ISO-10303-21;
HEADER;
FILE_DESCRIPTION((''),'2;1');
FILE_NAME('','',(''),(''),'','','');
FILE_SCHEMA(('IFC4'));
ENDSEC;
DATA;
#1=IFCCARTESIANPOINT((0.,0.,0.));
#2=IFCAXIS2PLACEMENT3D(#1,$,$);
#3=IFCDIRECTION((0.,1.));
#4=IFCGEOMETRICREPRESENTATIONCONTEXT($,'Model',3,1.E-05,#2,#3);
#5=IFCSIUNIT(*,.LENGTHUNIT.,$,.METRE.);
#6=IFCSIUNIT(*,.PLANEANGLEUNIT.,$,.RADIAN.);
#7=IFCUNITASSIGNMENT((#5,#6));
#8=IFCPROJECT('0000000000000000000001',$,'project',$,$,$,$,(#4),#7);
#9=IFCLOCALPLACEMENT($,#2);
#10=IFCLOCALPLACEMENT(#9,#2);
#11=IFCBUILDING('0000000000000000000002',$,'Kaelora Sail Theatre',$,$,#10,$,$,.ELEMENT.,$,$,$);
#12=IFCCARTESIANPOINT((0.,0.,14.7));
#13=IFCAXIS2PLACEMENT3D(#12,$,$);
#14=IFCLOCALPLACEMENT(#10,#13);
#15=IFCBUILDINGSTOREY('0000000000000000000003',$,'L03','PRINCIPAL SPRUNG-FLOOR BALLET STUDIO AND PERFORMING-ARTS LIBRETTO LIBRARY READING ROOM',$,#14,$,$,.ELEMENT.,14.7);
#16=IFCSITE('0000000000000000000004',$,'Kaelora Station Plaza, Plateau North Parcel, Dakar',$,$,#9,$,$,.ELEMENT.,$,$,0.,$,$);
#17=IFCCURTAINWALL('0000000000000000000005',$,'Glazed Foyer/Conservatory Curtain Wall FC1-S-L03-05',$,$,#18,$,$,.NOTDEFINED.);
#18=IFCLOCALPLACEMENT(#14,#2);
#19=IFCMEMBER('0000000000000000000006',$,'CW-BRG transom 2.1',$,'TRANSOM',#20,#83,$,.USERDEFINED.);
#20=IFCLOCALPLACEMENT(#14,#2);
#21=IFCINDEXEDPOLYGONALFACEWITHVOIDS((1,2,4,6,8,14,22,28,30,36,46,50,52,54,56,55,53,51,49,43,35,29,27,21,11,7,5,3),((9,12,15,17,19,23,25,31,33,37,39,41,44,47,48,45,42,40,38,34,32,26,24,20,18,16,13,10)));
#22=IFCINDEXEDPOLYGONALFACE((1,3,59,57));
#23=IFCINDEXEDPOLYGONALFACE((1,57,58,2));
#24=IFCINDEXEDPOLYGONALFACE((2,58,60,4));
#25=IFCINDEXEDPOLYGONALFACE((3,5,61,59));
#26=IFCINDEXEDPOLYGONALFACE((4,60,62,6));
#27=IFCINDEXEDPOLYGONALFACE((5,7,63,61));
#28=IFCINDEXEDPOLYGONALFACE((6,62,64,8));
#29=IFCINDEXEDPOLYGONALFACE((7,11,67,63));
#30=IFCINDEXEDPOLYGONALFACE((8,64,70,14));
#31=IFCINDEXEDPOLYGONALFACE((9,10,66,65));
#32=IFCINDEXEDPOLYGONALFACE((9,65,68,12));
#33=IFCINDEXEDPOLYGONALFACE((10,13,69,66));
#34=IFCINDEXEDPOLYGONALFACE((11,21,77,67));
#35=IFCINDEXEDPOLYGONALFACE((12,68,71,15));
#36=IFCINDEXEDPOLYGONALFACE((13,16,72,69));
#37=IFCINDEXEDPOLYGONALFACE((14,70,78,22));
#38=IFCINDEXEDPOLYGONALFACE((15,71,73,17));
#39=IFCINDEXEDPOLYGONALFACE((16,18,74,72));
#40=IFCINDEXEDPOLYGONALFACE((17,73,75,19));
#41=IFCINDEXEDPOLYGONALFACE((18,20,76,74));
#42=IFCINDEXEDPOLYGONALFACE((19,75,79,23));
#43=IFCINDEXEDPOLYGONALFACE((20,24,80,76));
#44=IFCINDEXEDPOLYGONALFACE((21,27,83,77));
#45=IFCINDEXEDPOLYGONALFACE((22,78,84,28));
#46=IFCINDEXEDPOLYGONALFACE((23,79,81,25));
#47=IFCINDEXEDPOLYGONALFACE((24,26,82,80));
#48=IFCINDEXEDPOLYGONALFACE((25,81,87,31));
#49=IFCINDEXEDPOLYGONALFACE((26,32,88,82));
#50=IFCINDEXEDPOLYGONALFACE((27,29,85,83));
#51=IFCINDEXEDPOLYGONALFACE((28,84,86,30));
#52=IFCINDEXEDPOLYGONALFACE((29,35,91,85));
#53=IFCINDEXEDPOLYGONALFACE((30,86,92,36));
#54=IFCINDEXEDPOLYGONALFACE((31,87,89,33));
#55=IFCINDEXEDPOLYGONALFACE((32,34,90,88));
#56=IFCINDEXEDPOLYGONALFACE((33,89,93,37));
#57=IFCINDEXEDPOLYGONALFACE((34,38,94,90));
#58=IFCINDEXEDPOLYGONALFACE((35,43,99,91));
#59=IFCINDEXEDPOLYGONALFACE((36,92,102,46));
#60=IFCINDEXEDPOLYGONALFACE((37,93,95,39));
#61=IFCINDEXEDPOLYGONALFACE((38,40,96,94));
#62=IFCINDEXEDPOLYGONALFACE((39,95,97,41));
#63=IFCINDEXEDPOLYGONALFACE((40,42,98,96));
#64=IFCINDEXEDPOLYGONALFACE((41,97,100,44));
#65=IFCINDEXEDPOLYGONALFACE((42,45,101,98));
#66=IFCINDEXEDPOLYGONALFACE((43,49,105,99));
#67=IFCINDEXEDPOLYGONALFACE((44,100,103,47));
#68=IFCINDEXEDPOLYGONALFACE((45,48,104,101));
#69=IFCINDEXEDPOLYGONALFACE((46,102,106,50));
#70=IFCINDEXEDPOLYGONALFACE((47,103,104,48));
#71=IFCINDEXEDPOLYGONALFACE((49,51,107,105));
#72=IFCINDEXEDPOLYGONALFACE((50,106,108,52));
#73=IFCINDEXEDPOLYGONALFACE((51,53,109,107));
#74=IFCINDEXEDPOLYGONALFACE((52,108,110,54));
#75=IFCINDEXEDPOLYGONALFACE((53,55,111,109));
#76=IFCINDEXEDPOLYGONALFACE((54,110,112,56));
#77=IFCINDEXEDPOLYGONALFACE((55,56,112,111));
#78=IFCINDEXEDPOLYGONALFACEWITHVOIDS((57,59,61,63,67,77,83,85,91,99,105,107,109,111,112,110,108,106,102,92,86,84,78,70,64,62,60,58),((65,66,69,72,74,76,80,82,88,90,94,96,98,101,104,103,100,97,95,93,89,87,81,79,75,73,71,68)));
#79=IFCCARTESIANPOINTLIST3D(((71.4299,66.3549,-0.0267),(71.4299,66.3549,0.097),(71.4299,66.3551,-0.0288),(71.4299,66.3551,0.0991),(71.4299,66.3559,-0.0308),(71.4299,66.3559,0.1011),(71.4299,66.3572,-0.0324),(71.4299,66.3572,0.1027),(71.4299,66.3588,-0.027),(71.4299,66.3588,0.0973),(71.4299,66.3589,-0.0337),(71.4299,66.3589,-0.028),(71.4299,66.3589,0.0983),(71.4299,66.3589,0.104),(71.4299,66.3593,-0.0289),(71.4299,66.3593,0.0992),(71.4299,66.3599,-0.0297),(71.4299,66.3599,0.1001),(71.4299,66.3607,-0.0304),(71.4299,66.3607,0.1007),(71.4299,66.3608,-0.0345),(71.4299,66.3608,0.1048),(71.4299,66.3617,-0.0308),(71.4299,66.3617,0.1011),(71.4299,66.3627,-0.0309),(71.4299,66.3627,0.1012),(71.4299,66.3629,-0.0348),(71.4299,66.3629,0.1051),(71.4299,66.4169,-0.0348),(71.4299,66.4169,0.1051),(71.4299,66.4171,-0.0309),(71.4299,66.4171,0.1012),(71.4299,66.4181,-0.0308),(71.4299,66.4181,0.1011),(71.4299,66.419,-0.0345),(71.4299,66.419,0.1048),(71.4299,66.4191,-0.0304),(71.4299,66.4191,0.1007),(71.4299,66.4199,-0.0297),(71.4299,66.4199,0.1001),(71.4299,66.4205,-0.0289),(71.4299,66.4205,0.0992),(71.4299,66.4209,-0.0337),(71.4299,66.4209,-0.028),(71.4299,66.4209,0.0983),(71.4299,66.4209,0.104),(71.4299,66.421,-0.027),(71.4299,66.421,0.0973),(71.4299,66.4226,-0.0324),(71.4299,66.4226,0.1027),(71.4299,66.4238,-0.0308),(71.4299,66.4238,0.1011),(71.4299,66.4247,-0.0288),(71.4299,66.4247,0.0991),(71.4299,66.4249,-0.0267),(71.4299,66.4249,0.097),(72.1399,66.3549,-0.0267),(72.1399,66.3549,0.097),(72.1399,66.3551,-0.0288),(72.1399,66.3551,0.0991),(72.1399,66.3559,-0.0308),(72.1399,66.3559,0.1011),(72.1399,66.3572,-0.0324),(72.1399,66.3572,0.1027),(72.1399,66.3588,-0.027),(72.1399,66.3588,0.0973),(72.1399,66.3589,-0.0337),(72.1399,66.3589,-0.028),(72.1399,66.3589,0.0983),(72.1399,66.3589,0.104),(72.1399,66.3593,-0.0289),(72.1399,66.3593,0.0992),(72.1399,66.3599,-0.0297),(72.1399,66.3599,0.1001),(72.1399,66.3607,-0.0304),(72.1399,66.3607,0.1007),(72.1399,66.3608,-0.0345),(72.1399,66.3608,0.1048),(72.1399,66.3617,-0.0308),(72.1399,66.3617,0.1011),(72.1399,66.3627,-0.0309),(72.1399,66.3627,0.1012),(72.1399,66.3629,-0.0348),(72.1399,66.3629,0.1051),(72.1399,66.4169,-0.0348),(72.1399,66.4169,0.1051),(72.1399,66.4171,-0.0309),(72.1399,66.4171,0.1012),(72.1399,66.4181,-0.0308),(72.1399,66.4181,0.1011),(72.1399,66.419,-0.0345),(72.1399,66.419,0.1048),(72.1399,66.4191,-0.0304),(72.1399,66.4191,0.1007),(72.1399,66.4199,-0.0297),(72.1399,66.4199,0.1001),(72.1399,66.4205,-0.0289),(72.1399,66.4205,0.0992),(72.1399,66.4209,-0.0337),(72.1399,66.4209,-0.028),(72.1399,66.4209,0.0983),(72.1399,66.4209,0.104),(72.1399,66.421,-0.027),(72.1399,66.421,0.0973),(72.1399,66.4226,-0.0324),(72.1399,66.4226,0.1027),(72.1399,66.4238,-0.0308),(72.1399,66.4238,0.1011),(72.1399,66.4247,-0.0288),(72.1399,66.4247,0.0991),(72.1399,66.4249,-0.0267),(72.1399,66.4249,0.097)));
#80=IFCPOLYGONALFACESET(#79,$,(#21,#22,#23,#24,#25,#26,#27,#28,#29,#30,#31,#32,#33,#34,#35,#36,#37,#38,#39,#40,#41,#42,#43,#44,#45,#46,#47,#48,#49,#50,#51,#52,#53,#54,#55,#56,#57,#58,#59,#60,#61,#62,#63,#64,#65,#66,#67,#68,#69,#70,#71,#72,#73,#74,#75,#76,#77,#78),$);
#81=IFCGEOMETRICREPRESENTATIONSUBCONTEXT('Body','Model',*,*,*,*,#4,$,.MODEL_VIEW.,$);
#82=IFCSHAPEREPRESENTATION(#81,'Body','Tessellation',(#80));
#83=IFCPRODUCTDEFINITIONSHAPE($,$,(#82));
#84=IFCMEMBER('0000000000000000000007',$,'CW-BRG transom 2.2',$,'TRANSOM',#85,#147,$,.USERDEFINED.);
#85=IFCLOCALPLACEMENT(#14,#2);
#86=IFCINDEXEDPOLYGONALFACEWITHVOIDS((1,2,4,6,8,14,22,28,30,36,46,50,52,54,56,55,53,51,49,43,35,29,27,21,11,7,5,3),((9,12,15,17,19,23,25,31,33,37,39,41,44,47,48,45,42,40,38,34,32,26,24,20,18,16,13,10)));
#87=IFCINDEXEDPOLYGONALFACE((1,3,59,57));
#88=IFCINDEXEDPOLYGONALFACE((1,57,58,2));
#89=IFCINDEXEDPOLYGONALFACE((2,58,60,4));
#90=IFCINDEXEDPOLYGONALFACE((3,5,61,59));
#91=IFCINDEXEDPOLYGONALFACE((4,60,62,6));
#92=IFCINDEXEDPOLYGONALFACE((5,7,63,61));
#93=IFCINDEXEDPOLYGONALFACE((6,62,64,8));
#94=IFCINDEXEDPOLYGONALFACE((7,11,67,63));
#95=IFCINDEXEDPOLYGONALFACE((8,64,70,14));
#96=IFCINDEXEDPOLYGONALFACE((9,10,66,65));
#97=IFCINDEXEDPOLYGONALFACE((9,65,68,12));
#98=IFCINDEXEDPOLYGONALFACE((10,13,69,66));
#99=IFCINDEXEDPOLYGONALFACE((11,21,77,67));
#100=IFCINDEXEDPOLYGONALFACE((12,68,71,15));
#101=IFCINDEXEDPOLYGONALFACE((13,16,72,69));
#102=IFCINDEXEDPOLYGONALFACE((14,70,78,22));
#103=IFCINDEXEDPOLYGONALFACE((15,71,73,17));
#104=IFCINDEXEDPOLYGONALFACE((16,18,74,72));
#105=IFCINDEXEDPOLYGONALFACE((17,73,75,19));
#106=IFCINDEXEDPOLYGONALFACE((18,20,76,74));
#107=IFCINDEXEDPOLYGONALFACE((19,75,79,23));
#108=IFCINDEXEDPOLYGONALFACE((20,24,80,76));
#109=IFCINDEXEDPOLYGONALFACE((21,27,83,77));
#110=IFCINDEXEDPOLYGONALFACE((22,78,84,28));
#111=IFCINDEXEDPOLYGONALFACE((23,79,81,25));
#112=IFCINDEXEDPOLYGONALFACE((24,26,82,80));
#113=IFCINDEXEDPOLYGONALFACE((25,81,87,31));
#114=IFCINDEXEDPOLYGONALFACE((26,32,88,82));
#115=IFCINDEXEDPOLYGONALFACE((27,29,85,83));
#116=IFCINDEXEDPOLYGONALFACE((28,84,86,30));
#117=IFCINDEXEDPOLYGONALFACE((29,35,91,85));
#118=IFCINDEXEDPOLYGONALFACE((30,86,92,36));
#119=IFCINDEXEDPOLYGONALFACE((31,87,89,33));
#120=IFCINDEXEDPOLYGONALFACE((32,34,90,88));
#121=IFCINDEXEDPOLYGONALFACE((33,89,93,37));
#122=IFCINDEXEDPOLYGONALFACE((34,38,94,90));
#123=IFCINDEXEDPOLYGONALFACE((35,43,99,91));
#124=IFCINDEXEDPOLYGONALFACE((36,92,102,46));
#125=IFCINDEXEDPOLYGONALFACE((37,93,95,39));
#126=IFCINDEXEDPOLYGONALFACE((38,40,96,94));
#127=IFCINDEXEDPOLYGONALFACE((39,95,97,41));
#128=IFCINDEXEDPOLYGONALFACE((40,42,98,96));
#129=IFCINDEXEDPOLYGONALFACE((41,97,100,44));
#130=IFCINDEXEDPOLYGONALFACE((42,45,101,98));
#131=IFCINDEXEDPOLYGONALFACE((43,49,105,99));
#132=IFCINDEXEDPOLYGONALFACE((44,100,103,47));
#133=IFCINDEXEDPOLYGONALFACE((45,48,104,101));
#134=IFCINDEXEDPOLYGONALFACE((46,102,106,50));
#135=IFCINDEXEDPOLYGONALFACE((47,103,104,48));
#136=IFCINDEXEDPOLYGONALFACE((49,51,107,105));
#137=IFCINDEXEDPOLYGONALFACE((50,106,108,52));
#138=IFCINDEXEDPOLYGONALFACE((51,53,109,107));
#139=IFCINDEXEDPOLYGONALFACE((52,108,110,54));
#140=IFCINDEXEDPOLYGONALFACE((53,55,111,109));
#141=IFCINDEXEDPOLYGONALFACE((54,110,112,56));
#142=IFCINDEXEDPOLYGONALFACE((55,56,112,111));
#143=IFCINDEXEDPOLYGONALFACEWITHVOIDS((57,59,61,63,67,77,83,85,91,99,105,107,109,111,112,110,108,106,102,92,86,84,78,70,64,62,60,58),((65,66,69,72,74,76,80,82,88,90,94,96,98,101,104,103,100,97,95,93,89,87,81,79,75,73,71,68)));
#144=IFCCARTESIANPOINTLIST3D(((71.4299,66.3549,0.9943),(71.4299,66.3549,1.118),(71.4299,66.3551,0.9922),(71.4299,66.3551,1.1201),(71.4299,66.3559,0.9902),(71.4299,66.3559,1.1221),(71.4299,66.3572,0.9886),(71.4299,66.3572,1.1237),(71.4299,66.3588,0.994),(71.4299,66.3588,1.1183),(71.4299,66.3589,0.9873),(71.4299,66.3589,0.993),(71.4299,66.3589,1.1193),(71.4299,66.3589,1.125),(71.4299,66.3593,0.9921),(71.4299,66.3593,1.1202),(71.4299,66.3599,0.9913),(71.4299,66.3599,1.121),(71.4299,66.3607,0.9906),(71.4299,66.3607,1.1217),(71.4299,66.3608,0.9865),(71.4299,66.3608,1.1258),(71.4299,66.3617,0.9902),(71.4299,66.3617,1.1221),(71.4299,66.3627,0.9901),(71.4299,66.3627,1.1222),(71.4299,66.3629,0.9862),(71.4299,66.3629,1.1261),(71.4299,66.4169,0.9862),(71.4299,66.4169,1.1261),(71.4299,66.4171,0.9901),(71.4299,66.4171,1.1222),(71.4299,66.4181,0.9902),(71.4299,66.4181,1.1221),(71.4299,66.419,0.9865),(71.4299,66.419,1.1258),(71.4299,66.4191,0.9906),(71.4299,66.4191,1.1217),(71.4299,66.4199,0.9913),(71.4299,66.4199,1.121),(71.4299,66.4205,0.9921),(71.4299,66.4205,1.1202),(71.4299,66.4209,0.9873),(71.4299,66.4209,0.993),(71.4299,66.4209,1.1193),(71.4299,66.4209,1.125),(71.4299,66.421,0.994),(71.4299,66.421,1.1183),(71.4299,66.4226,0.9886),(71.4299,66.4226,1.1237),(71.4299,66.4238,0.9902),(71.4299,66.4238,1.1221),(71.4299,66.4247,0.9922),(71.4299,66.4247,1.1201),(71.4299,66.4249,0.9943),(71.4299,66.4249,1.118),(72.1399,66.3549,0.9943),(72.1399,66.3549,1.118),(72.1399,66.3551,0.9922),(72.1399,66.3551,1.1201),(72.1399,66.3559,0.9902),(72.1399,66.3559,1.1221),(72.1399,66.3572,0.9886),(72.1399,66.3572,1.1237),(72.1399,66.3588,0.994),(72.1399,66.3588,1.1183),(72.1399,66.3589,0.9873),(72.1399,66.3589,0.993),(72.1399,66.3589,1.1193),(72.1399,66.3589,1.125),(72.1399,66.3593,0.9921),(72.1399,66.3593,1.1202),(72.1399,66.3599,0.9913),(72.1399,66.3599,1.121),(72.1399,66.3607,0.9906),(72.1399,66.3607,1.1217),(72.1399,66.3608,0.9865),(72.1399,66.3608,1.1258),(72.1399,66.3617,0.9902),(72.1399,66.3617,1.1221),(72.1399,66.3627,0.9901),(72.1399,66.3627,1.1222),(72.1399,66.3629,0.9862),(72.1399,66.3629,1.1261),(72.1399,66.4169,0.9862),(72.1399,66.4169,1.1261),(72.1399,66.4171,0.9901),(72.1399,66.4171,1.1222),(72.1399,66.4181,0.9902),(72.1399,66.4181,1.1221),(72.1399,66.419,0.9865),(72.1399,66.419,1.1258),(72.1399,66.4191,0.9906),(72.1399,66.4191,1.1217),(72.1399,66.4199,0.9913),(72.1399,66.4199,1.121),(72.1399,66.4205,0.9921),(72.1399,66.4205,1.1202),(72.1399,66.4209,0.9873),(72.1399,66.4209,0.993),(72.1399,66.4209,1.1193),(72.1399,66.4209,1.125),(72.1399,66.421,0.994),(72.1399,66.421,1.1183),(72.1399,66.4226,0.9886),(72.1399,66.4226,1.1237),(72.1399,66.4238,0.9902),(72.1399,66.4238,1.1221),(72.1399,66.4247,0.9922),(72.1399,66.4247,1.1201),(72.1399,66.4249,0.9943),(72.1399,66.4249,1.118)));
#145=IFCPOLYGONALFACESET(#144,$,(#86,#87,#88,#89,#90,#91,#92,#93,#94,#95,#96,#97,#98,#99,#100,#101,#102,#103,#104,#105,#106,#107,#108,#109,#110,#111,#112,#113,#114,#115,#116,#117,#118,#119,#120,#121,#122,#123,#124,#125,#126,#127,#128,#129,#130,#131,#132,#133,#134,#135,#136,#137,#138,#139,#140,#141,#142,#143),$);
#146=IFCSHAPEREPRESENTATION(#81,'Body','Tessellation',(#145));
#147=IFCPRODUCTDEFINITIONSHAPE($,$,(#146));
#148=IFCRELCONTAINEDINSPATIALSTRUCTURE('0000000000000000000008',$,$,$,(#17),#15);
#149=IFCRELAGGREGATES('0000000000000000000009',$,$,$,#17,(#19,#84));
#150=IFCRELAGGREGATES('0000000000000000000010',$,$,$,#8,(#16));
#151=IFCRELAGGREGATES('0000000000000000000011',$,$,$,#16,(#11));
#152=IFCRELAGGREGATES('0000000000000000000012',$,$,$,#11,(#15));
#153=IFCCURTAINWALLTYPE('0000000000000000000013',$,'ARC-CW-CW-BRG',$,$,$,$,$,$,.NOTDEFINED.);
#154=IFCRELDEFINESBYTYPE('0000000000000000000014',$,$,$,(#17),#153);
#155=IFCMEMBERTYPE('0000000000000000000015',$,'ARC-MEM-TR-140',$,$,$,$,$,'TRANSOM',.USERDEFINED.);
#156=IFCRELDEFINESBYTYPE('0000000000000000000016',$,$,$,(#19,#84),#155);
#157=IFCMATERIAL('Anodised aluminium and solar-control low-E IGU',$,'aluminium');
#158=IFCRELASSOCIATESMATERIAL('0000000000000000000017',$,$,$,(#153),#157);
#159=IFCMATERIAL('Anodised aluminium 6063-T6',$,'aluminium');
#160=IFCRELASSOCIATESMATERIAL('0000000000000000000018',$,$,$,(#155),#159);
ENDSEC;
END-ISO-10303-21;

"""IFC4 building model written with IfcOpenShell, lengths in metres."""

from ifc_helpers import new_model, si_unit, direction, frame, origin, origin_2d, place, context, subcontext, project, spatial, hollow_rectangle, extrude, material, material_profile, profile_set, type_object, element, aggregate, save


model = new_model("IFC4")

# Units and contexts
model_context = context("Model", 3, precision=1e-05, world=origin(), true_north=direction((0.0, 1.0)))
body_context = subcontext(model_context, "Body", "Model", "MODEL_VIEW")
ifc_project = project(units=[si_unit("LENGTHUNIT", "METRE"), si_unit("PLANEANGLEUNIT", "RADIAN")], contexts=[model_context])

# Site, building, storey
site_placement = place(None, origin())
site = spatial("IfcSite", under=ifc_project, at=site_placement, Name="Kaelora Station Plaza, Plateau North Parcel, Dakar", CompositionType="ELEMENT", RefElevation=0.0)
building_placement = place(site_placement, origin())
building = spatial("IfcBuilding", under=site, at=building_placement, Name="Kaelora Sail Theatre", CompositionType="ELEMENT")
storey_placement = place(building_placement, frame((0.0, 0.0, 14.7)))
storey = spatial("IfcBuildingStorey", under=building, at=storey_placement, Name="L03", Description="PRINCIPAL SPRUNG-FLOOR BALLET STUDIO AND PERFORMING-ARTS LIBRETTO LIBRARY READING ROOM", CompositionType="ELEMENT", Elevation=14.7)

# Curtain wall
ifc_material_1 = material(Name="Anodised aluminium and solar-control low-E IGU", Category="aluminium")
curtain_wall_type = type_object("IfcCurtainWallType", Name="ARC-CW-CW-BRG", PredefinedType="NOTDEFINED", material=ifc_material_1)
curtain_wall_1_placement = place(storey_placement, origin())
curtain_wall_1 = element("IfcCurtainWall", 1, at=curtain_wall_1_placement, inside=storey, type_object=curtain_wall_type, Name="Glazed Foyer/Conservatory Curtain Wall FC1-S-L03-05", PredefinedType="NOTDEFINED")

# Members
ifc_material_2 = material(Name="Anodised aluminium 6063-T6", Category="aluminium")
ifc_material_profile_1 = material_profile(ifc_material_2, hollow_rectangle(XDim=0.0701, YDim=0.1399, WallThickness=0.0039, InnerFilletRadius=0.0039, OuterFilletRadius=0.0081, at=origin_2d()), Name="ALU-TRAN 70x140x4")
ifc_profile_set_1 = profile_set([ifc_material_profile_1], Name="Anodised aluminium 6063-T6")
member_type_1 = type_object("IfcMemberType", Name="ARC-MEM-TR-140", ElementType="TRANSOM", PredefinedType="USERDEFINED", material=ifc_profile_set_1)
member_1_placement = place(storey_placement, frame((71.4299, 66.3899, 0.0352), z_axis=(1.0, 0.0, 0.0), x_axis=(0.0, 1.0, 0.0)))
member_1 = element("IfcMember", 2, at=member_1_placement, type_object=member_type_1, Name="CW-BRG transom 2.1", ObjectType="TRANSOM", PredefinedType="USERDEFINED", context=body_context, shape_type="SweptSolid", body=[
    extrude(hollow_rectangle(XDim=0.0701, YDim=0.1399, WallThickness=0.0039, InnerFilletRadius=0.0039, OuterFilletRadius=0.0081, at=origin_2d()), origin(), (0.0, 0.0, 1.0), 0.71),
])
member_2_placement = place(storey_placement, frame((71.4299, 66.3899, 1.0562), z_axis=(1.0, 0.0, 0.0), x_axis=(0.0, 1.0, 0.0)))
member_2 = element("IfcMember", 3, at=member_2_placement, type_object=member_type_1, Name="CW-BRG transom 2.2", ObjectType="TRANSOM", PredefinedType="USERDEFINED", context=body_context, shape_type="SweptSolid", body=[
    extrude(hollow_rectangle(XDim=0.0701, YDim=0.1399, WallThickness=0.0039, InnerFilletRadius=0.0039, OuterFilletRadius=0.0081, at=origin_2d()), origin(), (0.0, 0.0, 1.0), 0.71),
])

aggregate(curtain_wall_1, [member_1, member_2])

save(model, "model.ifc")
